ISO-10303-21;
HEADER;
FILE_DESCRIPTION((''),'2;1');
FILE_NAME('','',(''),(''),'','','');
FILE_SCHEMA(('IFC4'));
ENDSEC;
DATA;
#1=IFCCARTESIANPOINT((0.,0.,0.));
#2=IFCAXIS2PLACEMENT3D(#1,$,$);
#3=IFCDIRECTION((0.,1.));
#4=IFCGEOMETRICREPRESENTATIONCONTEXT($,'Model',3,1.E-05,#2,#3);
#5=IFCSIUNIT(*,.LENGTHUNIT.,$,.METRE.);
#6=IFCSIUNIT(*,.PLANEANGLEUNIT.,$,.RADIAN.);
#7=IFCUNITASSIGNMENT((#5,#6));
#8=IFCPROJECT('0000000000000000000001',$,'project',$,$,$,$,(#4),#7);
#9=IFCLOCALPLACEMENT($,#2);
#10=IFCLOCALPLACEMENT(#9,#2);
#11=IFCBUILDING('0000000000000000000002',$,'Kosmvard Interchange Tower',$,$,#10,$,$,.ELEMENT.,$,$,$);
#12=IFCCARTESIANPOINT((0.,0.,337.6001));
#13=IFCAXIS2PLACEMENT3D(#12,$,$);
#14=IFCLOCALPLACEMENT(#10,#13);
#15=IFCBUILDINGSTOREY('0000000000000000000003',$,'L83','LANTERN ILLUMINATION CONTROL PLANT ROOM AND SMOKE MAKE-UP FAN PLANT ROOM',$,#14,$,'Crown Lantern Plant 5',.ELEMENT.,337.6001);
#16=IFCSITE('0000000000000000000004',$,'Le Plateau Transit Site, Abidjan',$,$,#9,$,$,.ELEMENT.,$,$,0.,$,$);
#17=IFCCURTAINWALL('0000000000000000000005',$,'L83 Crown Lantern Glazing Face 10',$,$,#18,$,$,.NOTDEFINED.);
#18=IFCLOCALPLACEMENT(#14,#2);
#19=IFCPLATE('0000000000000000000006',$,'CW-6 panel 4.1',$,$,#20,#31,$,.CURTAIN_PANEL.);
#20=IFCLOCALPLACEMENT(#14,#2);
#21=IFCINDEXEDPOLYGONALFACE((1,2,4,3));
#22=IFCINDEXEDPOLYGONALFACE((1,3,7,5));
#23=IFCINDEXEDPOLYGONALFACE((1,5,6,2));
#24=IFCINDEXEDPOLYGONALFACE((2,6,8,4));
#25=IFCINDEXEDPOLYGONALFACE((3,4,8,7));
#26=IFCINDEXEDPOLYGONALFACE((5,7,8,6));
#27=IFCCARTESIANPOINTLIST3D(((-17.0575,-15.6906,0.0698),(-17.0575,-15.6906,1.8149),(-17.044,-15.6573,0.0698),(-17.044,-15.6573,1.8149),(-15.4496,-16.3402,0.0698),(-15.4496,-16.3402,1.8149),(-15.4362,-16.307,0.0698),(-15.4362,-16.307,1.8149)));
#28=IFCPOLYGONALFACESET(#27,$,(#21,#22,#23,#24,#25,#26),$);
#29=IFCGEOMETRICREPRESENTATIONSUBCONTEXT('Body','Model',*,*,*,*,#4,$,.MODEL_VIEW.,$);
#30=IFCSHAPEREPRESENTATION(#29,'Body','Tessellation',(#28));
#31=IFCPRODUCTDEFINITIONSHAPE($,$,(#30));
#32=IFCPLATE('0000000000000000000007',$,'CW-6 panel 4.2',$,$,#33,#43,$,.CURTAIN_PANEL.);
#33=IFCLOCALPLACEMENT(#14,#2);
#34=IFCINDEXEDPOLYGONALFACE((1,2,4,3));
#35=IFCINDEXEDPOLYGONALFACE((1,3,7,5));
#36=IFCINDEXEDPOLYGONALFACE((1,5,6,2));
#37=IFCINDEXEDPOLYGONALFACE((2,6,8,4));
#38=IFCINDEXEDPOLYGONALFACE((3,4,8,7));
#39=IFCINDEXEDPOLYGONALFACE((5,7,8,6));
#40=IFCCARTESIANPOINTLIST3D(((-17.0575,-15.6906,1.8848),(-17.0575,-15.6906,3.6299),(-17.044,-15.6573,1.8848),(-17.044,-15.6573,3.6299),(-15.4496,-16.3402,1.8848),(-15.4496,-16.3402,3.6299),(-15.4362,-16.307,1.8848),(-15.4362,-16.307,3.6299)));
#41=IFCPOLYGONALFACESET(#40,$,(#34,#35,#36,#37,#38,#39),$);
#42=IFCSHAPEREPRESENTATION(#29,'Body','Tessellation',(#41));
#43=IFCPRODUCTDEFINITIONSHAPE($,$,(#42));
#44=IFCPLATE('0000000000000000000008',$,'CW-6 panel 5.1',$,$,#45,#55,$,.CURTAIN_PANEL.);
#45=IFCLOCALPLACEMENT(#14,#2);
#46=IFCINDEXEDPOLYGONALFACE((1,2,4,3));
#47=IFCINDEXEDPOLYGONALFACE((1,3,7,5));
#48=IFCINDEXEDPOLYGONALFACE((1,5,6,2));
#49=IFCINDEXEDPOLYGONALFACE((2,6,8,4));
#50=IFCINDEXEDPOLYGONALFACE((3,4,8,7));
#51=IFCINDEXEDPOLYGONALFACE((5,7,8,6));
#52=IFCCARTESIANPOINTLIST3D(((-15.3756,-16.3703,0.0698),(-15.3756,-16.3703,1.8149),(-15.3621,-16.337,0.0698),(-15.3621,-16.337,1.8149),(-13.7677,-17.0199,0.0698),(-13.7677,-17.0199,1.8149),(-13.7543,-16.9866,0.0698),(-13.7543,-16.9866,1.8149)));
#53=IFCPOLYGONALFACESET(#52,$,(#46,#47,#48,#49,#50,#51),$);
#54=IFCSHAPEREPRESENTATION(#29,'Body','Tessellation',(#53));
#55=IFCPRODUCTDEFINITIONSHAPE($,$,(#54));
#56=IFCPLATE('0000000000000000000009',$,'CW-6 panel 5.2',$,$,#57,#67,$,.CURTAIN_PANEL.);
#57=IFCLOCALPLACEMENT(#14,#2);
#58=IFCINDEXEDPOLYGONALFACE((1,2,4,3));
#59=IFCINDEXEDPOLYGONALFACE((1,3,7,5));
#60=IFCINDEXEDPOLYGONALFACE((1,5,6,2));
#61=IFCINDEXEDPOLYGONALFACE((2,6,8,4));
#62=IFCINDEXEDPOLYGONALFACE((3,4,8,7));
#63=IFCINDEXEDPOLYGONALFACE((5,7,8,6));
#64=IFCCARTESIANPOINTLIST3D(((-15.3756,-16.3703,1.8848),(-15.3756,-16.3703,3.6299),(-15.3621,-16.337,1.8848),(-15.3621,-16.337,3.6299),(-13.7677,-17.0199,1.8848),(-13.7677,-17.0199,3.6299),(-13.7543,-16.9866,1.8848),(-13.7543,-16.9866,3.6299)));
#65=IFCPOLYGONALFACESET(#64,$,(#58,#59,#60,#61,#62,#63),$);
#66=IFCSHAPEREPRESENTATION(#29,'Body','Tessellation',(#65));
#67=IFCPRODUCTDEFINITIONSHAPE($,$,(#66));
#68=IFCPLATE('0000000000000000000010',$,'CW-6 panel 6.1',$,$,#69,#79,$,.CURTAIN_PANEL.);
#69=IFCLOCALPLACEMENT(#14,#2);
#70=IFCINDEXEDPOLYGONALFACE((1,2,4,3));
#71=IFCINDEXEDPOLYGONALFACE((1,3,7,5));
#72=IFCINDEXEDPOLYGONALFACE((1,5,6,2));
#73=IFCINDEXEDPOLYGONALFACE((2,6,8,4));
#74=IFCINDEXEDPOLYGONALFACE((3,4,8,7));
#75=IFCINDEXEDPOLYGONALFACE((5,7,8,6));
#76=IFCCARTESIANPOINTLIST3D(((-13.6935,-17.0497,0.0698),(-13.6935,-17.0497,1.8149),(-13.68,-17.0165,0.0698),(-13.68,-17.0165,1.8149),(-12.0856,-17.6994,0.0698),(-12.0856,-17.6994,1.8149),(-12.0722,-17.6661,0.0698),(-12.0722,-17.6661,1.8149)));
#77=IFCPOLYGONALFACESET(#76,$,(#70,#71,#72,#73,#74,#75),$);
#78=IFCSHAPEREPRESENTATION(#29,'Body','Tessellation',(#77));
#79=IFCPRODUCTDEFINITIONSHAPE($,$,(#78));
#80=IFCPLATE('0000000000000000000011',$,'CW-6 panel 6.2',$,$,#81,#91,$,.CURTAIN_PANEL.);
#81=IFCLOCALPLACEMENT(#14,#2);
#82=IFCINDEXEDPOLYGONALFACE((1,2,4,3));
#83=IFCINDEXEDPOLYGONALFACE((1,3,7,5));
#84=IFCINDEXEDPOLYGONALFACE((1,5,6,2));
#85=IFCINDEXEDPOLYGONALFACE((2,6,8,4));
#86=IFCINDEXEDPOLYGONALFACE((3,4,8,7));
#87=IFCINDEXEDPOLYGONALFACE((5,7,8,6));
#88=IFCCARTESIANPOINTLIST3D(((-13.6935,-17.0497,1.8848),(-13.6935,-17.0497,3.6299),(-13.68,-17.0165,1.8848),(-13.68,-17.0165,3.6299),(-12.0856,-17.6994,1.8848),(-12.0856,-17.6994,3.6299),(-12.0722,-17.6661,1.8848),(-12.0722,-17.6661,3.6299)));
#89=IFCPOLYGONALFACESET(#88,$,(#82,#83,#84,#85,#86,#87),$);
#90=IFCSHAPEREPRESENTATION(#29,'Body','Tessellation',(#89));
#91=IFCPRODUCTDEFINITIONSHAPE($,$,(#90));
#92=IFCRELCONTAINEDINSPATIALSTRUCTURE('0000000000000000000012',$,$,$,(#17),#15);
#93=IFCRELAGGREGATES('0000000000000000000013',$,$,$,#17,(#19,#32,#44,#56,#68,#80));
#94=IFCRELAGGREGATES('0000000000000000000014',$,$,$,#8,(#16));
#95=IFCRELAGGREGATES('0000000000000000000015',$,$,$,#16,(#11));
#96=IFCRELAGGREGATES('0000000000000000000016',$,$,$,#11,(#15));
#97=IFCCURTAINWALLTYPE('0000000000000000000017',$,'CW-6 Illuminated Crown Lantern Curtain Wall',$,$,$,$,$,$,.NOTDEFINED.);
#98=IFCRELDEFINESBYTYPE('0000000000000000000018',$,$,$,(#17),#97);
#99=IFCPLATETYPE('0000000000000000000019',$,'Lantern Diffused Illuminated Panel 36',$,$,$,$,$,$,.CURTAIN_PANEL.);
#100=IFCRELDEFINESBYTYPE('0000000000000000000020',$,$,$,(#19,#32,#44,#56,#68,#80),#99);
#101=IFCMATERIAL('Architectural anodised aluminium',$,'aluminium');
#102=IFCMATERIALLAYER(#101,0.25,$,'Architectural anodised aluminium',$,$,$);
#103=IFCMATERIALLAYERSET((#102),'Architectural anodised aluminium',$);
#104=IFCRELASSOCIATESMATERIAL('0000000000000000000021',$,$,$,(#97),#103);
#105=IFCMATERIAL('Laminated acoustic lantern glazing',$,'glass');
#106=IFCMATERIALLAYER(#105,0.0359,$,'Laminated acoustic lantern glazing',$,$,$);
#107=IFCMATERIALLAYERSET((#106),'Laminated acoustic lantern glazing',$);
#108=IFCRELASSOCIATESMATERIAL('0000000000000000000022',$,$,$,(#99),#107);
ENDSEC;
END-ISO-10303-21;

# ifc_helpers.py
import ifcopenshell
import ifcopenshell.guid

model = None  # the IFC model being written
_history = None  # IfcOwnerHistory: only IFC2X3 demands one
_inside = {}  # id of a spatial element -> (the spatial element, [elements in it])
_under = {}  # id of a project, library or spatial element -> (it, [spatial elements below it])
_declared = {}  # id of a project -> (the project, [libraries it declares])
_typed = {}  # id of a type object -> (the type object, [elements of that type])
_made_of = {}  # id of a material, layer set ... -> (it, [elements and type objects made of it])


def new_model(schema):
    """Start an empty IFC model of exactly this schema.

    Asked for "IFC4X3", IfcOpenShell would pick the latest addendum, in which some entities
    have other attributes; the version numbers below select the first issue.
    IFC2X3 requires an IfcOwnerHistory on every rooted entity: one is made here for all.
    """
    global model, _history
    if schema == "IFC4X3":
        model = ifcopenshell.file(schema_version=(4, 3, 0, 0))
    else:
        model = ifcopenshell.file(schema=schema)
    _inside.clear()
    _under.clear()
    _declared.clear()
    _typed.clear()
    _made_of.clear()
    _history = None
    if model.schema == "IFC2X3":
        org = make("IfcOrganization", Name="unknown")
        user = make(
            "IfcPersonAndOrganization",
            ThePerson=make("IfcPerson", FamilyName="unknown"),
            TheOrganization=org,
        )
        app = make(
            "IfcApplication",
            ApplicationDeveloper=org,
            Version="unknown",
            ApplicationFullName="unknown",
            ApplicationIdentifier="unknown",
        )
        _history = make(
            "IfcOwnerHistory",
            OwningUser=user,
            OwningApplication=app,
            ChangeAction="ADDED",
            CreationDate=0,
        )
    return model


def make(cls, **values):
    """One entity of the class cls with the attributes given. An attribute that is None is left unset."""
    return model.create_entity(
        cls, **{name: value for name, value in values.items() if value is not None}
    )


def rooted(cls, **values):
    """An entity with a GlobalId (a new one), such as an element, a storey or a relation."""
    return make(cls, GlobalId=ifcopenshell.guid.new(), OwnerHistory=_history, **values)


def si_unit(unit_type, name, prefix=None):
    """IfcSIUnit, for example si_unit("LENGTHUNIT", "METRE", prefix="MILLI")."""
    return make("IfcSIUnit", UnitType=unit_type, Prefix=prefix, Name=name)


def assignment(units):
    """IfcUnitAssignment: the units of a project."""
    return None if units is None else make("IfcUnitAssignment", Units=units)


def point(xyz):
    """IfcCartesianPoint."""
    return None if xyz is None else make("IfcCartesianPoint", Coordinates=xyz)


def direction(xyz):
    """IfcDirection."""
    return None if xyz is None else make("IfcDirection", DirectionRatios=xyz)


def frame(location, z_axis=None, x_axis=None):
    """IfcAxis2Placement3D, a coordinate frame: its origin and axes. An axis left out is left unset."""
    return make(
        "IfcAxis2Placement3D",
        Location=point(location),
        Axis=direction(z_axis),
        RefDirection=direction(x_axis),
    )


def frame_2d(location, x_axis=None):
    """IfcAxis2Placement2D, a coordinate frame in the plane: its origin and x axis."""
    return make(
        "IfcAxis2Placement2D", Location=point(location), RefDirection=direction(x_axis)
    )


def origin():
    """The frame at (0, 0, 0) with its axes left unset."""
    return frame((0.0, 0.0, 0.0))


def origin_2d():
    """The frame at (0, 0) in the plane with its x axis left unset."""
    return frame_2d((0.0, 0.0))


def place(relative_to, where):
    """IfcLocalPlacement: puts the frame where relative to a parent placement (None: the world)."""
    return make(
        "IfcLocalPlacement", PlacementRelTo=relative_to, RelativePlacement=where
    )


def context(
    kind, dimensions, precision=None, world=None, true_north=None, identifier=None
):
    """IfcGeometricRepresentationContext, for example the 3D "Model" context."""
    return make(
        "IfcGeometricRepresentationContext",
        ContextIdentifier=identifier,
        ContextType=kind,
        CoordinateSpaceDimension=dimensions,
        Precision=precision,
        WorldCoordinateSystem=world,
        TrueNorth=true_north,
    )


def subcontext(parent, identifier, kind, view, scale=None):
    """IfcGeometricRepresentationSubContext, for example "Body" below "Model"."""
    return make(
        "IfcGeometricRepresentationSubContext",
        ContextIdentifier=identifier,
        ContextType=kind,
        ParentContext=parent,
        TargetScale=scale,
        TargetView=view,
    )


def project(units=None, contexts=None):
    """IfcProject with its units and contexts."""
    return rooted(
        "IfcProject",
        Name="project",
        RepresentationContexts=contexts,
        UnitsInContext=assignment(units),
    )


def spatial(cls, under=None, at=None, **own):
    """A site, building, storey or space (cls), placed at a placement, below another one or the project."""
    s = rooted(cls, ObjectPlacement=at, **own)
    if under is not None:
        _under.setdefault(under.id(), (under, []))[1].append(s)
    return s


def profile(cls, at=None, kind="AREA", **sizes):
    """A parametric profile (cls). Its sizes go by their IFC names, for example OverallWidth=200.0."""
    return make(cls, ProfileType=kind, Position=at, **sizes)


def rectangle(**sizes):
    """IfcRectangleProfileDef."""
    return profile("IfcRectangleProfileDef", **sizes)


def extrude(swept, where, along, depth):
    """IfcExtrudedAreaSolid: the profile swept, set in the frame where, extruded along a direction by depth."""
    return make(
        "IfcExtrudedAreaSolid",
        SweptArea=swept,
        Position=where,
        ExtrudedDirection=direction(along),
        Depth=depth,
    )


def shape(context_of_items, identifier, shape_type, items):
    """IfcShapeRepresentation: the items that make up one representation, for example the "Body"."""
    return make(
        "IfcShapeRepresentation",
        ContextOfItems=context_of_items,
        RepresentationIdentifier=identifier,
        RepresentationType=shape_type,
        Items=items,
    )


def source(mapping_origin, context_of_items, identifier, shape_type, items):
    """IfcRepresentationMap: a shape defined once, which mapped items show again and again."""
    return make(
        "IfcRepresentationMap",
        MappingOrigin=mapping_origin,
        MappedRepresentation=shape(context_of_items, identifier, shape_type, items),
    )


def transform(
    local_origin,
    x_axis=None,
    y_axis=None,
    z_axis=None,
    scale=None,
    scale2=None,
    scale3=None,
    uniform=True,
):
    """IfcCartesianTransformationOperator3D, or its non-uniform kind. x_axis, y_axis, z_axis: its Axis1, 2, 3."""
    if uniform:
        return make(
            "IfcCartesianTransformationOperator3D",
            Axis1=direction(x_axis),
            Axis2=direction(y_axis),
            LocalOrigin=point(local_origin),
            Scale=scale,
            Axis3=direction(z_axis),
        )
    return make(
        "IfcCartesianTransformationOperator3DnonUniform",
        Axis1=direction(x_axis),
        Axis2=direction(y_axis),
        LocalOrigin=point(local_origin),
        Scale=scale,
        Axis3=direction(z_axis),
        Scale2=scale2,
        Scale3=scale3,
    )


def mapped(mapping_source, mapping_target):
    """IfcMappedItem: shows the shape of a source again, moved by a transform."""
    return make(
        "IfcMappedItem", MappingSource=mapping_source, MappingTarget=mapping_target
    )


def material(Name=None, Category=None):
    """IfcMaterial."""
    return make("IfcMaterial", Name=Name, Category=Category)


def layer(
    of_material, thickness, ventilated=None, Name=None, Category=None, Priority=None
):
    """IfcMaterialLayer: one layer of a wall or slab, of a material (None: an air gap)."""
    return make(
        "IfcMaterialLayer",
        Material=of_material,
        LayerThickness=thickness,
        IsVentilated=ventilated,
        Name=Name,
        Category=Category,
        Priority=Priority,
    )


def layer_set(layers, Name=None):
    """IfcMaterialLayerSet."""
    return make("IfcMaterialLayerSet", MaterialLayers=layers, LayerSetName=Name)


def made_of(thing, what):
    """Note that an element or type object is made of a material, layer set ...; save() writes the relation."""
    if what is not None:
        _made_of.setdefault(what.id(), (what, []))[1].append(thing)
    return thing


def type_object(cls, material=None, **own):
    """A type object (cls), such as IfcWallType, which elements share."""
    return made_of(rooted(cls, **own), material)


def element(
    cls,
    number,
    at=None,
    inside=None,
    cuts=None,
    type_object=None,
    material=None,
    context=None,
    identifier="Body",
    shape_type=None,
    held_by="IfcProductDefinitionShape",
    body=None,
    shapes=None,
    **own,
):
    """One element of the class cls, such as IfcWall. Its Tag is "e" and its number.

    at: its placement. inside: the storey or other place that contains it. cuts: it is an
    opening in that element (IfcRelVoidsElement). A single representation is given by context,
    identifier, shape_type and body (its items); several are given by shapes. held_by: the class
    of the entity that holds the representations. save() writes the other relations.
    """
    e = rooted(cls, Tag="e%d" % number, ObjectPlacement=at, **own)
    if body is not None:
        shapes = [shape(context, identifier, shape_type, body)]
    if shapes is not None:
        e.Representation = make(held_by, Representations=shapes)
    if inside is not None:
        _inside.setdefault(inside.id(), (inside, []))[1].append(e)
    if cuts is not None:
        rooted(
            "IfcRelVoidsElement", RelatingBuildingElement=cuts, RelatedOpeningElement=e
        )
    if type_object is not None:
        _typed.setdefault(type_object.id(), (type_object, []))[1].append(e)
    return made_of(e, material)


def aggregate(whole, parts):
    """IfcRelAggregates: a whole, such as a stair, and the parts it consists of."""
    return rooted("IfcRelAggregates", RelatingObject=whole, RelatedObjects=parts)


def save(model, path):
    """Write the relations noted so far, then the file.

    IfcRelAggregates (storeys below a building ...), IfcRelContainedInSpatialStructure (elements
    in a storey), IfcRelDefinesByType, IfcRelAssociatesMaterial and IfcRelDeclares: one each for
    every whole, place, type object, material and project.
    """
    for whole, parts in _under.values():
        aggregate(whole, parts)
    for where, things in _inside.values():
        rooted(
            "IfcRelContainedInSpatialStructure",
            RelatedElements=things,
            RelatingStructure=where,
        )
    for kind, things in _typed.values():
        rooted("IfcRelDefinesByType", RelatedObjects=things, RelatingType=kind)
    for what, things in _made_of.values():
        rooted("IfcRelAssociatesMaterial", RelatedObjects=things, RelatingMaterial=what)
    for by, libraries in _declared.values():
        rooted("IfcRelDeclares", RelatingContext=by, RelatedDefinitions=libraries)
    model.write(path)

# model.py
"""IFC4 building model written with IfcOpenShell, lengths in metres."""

from ifc_helpers import new_model, si_unit, direction, frame, origin, origin_2d, place, context, subcontext, project, spatial, rectangle, extrude, source, transform, mapped, material, layer, layer_set, type_object, element, aggregate, save


model = new_model("IFC4")

# Units and contexts
model_context = context("Model", 3, precision=1e-05, world=origin(), true_north=direction((0.0, 1.0)))
body_context = subcontext(model_context, "Body", "Model", "MODEL_VIEW")
ifc_project = project(units=[si_unit("LENGTHUNIT", "METRE"), si_unit("PLANEANGLEUNIT", "RADIAN")], contexts=[model_context])

# Site, building, storey
site_placement = place(None, origin())
site = spatial("IfcSite", under=ifc_project, at=site_placement, Name="Le Plateau Transit Site, Abidjan", CompositionType="ELEMENT", RefElevation=0.0)
building_placement = place(site_placement, origin())
building = spatial("IfcBuilding", under=site, at=building_placement, Name="Kosmvard Interchange Tower", CompositionType="ELEMENT")
storey_placement = place(building_placement, frame((0.0, 0.0, 337.6001)))
storey = spatial("IfcBuildingStorey", under=building, at=storey_placement, Name="L83", Description="LANTERN ILLUMINATION CONTROL PLANT ROOM AND SMOKE MAKE-UP FAN PLANT ROOM", LongName="Crown Lantern Plant 5", CompositionType="ELEMENT", Elevation=337.6001)

# Curtain wall
ifc_material_1 = material(Name="Architectural anodised aluminium", Category="aluminium")
ifc_layer_1 = layer(ifc_material_1, 0.25, Name="Architectural anodised aluminium")
ifc_layer_set_1 = layer_set([ifc_layer_1], Name="Architectural anodised aluminium")
curtain_wall_type = type_object("IfcCurtainWallType", Name="CW-6 Illuminated Crown Lantern Curtain Wall", PredefinedType="NOTDEFINED", material=ifc_layer_set_1)
curtain_wall_placement = place(storey_placement, origin())
curtain_wall = element("IfcCurtainWall", 1, at=curtain_wall_placement, inside=storey, type_object=curtain_wall_type, Name="L83 Crown Lantern Glazing Face 10", PredefinedType="NOTDEFINED")

# Plates
ifc_material_2 = material(Name="Laminated acoustic lantern glazing", Category="glass")
ifc_layer_2 = layer(ifc_material_2, 0.0359, Name="Laminated acoustic lantern glazing")
ifc_layer_set_2 = layer_set([ifc_layer_2], Name="Laminated acoustic lantern glazing")
plate_type_1 = type_object("IfcPlateType", Name="Lantern Diffused Illuminated Panel 36", PredefinedType="CURTAIN_PANEL", material=ifc_layer_set_2)
shared_shape_1 = source(origin(), body_context, "Body", "SweptSolid", [
    extrude(rectangle(XDim=1.7341, YDim=0.0359, at=origin_2d()), origin(), (0.0, 0.0, 1.0), 1.7451),
])
plate_1_placement = place(storey_placement, frame((-16.2468, -15.9988, 0.0698), z_axis=(0.0, 0.0, 1.0), x_axis=(0.927184, -0.374607, 0.0)))
plate_1 = element("IfcPlate", 2, at=plate_1_placement, type_object=plate_type_1, Name="CW-6 panel 4.1", PredefinedType="CURTAIN_PANEL", context=body_context, shape_type="MappedRepresentation", body=[
    mapped(shared_shape_1, transform((0.0, 0.0, 0.0), scale=1.0)),
])
plate_2_placement = place(storey_placement, frame((-16.2468, -15.9988, 1.8848), z_axis=(0.0, 0.0, 1.0), x_axis=(0.927184, -0.374607, 0.0)))
plate_2 = element("IfcPlate", 3, at=plate_2_placement, type_object=plate_type_1, Name="CW-6 panel 4.2", PredefinedType="CURTAIN_PANEL", context=body_context, shape_type="MappedRepresentation", body=[
    mapped(shared_shape_1, transform((0.0, 0.0, 0.0), scale=1.0)),
])
plate_3_placement = place(storey_placement, frame((-14.5649, -16.6785, 0.0698), z_axis=(0.0, 0.0, 1.0), x_axis=(0.927184, -0.374607, 0.0)))
plate_3 = element("IfcPlate", 4, at=plate_3_placement, type_object=plate_type_1, Name="CW-6 panel 5.1", PredefinedType="CURTAIN_PANEL", context=body_context, shape_type="MappedRepresentation", body=[
    mapped(shared_shape_1, transform((0.0, 0.0, 0.0), scale=1.0)),
])
plate_4_placement = place(storey_placement, frame((-14.5649, -16.6785, 1.8848), z_axis=(0.0, 0.0, 1.0), x_axis=(0.927184, -0.374607, 0.0)))
plate_4 = element("IfcPlate", 5, at=plate_4_placement, type_object=plate_type_1, Name="CW-6 panel 5.2", PredefinedType="CURTAIN_PANEL", context=body_context, shape_type="MappedRepresentation", body=[
    mapped(shared_shape_1, transform((0.0, 0.0, 0.0), scale=1.0)),
])
plate_5_placement = place(storey_placement, frame((-12.8828, -17.3579, 0.0698), z_axis=(0.0, 0.0, 1.0), x_axis=(0.927184, -0.374607, 0.0)))
plate_5 = element("IfcPlate", 6, at=plate_5_placement, type_object=plate_type_1, Name="CW-6 panel 6.1", PredefinedType="CURTAIN_PANEL", context=body_context, shape_type="MappedRepresentation", body=[
    mapped(shared_shape_1, transform((0.0, 0.0, 0.0), scale=1.0)),
])
plate_6_placement = place(storey_placement, frame((-12.8828, -17.3579, 1.8848), z_axis=(0.0, 0.0, 1.0), x_axis=(0.927184, -0.374607, 0.0)))
plate_6 = element("IfcPlate", 7, at=plate_6_placement, type_object=plate_type_1, Name="CW-6 panel 6.2", PredefinedType="CURTAIN_PANEL", context=body_context, shape_type="MappedRepresentation", body=[
    mapped(shared_shape_1, transform((0.0, 0.0, 0.0), scale=1.0)),
])
aggregate(curtain_wall, [plate_1, plate_2, plate_3, plate_4, plate_5, plate_6])

save(model, "model.ifc")
